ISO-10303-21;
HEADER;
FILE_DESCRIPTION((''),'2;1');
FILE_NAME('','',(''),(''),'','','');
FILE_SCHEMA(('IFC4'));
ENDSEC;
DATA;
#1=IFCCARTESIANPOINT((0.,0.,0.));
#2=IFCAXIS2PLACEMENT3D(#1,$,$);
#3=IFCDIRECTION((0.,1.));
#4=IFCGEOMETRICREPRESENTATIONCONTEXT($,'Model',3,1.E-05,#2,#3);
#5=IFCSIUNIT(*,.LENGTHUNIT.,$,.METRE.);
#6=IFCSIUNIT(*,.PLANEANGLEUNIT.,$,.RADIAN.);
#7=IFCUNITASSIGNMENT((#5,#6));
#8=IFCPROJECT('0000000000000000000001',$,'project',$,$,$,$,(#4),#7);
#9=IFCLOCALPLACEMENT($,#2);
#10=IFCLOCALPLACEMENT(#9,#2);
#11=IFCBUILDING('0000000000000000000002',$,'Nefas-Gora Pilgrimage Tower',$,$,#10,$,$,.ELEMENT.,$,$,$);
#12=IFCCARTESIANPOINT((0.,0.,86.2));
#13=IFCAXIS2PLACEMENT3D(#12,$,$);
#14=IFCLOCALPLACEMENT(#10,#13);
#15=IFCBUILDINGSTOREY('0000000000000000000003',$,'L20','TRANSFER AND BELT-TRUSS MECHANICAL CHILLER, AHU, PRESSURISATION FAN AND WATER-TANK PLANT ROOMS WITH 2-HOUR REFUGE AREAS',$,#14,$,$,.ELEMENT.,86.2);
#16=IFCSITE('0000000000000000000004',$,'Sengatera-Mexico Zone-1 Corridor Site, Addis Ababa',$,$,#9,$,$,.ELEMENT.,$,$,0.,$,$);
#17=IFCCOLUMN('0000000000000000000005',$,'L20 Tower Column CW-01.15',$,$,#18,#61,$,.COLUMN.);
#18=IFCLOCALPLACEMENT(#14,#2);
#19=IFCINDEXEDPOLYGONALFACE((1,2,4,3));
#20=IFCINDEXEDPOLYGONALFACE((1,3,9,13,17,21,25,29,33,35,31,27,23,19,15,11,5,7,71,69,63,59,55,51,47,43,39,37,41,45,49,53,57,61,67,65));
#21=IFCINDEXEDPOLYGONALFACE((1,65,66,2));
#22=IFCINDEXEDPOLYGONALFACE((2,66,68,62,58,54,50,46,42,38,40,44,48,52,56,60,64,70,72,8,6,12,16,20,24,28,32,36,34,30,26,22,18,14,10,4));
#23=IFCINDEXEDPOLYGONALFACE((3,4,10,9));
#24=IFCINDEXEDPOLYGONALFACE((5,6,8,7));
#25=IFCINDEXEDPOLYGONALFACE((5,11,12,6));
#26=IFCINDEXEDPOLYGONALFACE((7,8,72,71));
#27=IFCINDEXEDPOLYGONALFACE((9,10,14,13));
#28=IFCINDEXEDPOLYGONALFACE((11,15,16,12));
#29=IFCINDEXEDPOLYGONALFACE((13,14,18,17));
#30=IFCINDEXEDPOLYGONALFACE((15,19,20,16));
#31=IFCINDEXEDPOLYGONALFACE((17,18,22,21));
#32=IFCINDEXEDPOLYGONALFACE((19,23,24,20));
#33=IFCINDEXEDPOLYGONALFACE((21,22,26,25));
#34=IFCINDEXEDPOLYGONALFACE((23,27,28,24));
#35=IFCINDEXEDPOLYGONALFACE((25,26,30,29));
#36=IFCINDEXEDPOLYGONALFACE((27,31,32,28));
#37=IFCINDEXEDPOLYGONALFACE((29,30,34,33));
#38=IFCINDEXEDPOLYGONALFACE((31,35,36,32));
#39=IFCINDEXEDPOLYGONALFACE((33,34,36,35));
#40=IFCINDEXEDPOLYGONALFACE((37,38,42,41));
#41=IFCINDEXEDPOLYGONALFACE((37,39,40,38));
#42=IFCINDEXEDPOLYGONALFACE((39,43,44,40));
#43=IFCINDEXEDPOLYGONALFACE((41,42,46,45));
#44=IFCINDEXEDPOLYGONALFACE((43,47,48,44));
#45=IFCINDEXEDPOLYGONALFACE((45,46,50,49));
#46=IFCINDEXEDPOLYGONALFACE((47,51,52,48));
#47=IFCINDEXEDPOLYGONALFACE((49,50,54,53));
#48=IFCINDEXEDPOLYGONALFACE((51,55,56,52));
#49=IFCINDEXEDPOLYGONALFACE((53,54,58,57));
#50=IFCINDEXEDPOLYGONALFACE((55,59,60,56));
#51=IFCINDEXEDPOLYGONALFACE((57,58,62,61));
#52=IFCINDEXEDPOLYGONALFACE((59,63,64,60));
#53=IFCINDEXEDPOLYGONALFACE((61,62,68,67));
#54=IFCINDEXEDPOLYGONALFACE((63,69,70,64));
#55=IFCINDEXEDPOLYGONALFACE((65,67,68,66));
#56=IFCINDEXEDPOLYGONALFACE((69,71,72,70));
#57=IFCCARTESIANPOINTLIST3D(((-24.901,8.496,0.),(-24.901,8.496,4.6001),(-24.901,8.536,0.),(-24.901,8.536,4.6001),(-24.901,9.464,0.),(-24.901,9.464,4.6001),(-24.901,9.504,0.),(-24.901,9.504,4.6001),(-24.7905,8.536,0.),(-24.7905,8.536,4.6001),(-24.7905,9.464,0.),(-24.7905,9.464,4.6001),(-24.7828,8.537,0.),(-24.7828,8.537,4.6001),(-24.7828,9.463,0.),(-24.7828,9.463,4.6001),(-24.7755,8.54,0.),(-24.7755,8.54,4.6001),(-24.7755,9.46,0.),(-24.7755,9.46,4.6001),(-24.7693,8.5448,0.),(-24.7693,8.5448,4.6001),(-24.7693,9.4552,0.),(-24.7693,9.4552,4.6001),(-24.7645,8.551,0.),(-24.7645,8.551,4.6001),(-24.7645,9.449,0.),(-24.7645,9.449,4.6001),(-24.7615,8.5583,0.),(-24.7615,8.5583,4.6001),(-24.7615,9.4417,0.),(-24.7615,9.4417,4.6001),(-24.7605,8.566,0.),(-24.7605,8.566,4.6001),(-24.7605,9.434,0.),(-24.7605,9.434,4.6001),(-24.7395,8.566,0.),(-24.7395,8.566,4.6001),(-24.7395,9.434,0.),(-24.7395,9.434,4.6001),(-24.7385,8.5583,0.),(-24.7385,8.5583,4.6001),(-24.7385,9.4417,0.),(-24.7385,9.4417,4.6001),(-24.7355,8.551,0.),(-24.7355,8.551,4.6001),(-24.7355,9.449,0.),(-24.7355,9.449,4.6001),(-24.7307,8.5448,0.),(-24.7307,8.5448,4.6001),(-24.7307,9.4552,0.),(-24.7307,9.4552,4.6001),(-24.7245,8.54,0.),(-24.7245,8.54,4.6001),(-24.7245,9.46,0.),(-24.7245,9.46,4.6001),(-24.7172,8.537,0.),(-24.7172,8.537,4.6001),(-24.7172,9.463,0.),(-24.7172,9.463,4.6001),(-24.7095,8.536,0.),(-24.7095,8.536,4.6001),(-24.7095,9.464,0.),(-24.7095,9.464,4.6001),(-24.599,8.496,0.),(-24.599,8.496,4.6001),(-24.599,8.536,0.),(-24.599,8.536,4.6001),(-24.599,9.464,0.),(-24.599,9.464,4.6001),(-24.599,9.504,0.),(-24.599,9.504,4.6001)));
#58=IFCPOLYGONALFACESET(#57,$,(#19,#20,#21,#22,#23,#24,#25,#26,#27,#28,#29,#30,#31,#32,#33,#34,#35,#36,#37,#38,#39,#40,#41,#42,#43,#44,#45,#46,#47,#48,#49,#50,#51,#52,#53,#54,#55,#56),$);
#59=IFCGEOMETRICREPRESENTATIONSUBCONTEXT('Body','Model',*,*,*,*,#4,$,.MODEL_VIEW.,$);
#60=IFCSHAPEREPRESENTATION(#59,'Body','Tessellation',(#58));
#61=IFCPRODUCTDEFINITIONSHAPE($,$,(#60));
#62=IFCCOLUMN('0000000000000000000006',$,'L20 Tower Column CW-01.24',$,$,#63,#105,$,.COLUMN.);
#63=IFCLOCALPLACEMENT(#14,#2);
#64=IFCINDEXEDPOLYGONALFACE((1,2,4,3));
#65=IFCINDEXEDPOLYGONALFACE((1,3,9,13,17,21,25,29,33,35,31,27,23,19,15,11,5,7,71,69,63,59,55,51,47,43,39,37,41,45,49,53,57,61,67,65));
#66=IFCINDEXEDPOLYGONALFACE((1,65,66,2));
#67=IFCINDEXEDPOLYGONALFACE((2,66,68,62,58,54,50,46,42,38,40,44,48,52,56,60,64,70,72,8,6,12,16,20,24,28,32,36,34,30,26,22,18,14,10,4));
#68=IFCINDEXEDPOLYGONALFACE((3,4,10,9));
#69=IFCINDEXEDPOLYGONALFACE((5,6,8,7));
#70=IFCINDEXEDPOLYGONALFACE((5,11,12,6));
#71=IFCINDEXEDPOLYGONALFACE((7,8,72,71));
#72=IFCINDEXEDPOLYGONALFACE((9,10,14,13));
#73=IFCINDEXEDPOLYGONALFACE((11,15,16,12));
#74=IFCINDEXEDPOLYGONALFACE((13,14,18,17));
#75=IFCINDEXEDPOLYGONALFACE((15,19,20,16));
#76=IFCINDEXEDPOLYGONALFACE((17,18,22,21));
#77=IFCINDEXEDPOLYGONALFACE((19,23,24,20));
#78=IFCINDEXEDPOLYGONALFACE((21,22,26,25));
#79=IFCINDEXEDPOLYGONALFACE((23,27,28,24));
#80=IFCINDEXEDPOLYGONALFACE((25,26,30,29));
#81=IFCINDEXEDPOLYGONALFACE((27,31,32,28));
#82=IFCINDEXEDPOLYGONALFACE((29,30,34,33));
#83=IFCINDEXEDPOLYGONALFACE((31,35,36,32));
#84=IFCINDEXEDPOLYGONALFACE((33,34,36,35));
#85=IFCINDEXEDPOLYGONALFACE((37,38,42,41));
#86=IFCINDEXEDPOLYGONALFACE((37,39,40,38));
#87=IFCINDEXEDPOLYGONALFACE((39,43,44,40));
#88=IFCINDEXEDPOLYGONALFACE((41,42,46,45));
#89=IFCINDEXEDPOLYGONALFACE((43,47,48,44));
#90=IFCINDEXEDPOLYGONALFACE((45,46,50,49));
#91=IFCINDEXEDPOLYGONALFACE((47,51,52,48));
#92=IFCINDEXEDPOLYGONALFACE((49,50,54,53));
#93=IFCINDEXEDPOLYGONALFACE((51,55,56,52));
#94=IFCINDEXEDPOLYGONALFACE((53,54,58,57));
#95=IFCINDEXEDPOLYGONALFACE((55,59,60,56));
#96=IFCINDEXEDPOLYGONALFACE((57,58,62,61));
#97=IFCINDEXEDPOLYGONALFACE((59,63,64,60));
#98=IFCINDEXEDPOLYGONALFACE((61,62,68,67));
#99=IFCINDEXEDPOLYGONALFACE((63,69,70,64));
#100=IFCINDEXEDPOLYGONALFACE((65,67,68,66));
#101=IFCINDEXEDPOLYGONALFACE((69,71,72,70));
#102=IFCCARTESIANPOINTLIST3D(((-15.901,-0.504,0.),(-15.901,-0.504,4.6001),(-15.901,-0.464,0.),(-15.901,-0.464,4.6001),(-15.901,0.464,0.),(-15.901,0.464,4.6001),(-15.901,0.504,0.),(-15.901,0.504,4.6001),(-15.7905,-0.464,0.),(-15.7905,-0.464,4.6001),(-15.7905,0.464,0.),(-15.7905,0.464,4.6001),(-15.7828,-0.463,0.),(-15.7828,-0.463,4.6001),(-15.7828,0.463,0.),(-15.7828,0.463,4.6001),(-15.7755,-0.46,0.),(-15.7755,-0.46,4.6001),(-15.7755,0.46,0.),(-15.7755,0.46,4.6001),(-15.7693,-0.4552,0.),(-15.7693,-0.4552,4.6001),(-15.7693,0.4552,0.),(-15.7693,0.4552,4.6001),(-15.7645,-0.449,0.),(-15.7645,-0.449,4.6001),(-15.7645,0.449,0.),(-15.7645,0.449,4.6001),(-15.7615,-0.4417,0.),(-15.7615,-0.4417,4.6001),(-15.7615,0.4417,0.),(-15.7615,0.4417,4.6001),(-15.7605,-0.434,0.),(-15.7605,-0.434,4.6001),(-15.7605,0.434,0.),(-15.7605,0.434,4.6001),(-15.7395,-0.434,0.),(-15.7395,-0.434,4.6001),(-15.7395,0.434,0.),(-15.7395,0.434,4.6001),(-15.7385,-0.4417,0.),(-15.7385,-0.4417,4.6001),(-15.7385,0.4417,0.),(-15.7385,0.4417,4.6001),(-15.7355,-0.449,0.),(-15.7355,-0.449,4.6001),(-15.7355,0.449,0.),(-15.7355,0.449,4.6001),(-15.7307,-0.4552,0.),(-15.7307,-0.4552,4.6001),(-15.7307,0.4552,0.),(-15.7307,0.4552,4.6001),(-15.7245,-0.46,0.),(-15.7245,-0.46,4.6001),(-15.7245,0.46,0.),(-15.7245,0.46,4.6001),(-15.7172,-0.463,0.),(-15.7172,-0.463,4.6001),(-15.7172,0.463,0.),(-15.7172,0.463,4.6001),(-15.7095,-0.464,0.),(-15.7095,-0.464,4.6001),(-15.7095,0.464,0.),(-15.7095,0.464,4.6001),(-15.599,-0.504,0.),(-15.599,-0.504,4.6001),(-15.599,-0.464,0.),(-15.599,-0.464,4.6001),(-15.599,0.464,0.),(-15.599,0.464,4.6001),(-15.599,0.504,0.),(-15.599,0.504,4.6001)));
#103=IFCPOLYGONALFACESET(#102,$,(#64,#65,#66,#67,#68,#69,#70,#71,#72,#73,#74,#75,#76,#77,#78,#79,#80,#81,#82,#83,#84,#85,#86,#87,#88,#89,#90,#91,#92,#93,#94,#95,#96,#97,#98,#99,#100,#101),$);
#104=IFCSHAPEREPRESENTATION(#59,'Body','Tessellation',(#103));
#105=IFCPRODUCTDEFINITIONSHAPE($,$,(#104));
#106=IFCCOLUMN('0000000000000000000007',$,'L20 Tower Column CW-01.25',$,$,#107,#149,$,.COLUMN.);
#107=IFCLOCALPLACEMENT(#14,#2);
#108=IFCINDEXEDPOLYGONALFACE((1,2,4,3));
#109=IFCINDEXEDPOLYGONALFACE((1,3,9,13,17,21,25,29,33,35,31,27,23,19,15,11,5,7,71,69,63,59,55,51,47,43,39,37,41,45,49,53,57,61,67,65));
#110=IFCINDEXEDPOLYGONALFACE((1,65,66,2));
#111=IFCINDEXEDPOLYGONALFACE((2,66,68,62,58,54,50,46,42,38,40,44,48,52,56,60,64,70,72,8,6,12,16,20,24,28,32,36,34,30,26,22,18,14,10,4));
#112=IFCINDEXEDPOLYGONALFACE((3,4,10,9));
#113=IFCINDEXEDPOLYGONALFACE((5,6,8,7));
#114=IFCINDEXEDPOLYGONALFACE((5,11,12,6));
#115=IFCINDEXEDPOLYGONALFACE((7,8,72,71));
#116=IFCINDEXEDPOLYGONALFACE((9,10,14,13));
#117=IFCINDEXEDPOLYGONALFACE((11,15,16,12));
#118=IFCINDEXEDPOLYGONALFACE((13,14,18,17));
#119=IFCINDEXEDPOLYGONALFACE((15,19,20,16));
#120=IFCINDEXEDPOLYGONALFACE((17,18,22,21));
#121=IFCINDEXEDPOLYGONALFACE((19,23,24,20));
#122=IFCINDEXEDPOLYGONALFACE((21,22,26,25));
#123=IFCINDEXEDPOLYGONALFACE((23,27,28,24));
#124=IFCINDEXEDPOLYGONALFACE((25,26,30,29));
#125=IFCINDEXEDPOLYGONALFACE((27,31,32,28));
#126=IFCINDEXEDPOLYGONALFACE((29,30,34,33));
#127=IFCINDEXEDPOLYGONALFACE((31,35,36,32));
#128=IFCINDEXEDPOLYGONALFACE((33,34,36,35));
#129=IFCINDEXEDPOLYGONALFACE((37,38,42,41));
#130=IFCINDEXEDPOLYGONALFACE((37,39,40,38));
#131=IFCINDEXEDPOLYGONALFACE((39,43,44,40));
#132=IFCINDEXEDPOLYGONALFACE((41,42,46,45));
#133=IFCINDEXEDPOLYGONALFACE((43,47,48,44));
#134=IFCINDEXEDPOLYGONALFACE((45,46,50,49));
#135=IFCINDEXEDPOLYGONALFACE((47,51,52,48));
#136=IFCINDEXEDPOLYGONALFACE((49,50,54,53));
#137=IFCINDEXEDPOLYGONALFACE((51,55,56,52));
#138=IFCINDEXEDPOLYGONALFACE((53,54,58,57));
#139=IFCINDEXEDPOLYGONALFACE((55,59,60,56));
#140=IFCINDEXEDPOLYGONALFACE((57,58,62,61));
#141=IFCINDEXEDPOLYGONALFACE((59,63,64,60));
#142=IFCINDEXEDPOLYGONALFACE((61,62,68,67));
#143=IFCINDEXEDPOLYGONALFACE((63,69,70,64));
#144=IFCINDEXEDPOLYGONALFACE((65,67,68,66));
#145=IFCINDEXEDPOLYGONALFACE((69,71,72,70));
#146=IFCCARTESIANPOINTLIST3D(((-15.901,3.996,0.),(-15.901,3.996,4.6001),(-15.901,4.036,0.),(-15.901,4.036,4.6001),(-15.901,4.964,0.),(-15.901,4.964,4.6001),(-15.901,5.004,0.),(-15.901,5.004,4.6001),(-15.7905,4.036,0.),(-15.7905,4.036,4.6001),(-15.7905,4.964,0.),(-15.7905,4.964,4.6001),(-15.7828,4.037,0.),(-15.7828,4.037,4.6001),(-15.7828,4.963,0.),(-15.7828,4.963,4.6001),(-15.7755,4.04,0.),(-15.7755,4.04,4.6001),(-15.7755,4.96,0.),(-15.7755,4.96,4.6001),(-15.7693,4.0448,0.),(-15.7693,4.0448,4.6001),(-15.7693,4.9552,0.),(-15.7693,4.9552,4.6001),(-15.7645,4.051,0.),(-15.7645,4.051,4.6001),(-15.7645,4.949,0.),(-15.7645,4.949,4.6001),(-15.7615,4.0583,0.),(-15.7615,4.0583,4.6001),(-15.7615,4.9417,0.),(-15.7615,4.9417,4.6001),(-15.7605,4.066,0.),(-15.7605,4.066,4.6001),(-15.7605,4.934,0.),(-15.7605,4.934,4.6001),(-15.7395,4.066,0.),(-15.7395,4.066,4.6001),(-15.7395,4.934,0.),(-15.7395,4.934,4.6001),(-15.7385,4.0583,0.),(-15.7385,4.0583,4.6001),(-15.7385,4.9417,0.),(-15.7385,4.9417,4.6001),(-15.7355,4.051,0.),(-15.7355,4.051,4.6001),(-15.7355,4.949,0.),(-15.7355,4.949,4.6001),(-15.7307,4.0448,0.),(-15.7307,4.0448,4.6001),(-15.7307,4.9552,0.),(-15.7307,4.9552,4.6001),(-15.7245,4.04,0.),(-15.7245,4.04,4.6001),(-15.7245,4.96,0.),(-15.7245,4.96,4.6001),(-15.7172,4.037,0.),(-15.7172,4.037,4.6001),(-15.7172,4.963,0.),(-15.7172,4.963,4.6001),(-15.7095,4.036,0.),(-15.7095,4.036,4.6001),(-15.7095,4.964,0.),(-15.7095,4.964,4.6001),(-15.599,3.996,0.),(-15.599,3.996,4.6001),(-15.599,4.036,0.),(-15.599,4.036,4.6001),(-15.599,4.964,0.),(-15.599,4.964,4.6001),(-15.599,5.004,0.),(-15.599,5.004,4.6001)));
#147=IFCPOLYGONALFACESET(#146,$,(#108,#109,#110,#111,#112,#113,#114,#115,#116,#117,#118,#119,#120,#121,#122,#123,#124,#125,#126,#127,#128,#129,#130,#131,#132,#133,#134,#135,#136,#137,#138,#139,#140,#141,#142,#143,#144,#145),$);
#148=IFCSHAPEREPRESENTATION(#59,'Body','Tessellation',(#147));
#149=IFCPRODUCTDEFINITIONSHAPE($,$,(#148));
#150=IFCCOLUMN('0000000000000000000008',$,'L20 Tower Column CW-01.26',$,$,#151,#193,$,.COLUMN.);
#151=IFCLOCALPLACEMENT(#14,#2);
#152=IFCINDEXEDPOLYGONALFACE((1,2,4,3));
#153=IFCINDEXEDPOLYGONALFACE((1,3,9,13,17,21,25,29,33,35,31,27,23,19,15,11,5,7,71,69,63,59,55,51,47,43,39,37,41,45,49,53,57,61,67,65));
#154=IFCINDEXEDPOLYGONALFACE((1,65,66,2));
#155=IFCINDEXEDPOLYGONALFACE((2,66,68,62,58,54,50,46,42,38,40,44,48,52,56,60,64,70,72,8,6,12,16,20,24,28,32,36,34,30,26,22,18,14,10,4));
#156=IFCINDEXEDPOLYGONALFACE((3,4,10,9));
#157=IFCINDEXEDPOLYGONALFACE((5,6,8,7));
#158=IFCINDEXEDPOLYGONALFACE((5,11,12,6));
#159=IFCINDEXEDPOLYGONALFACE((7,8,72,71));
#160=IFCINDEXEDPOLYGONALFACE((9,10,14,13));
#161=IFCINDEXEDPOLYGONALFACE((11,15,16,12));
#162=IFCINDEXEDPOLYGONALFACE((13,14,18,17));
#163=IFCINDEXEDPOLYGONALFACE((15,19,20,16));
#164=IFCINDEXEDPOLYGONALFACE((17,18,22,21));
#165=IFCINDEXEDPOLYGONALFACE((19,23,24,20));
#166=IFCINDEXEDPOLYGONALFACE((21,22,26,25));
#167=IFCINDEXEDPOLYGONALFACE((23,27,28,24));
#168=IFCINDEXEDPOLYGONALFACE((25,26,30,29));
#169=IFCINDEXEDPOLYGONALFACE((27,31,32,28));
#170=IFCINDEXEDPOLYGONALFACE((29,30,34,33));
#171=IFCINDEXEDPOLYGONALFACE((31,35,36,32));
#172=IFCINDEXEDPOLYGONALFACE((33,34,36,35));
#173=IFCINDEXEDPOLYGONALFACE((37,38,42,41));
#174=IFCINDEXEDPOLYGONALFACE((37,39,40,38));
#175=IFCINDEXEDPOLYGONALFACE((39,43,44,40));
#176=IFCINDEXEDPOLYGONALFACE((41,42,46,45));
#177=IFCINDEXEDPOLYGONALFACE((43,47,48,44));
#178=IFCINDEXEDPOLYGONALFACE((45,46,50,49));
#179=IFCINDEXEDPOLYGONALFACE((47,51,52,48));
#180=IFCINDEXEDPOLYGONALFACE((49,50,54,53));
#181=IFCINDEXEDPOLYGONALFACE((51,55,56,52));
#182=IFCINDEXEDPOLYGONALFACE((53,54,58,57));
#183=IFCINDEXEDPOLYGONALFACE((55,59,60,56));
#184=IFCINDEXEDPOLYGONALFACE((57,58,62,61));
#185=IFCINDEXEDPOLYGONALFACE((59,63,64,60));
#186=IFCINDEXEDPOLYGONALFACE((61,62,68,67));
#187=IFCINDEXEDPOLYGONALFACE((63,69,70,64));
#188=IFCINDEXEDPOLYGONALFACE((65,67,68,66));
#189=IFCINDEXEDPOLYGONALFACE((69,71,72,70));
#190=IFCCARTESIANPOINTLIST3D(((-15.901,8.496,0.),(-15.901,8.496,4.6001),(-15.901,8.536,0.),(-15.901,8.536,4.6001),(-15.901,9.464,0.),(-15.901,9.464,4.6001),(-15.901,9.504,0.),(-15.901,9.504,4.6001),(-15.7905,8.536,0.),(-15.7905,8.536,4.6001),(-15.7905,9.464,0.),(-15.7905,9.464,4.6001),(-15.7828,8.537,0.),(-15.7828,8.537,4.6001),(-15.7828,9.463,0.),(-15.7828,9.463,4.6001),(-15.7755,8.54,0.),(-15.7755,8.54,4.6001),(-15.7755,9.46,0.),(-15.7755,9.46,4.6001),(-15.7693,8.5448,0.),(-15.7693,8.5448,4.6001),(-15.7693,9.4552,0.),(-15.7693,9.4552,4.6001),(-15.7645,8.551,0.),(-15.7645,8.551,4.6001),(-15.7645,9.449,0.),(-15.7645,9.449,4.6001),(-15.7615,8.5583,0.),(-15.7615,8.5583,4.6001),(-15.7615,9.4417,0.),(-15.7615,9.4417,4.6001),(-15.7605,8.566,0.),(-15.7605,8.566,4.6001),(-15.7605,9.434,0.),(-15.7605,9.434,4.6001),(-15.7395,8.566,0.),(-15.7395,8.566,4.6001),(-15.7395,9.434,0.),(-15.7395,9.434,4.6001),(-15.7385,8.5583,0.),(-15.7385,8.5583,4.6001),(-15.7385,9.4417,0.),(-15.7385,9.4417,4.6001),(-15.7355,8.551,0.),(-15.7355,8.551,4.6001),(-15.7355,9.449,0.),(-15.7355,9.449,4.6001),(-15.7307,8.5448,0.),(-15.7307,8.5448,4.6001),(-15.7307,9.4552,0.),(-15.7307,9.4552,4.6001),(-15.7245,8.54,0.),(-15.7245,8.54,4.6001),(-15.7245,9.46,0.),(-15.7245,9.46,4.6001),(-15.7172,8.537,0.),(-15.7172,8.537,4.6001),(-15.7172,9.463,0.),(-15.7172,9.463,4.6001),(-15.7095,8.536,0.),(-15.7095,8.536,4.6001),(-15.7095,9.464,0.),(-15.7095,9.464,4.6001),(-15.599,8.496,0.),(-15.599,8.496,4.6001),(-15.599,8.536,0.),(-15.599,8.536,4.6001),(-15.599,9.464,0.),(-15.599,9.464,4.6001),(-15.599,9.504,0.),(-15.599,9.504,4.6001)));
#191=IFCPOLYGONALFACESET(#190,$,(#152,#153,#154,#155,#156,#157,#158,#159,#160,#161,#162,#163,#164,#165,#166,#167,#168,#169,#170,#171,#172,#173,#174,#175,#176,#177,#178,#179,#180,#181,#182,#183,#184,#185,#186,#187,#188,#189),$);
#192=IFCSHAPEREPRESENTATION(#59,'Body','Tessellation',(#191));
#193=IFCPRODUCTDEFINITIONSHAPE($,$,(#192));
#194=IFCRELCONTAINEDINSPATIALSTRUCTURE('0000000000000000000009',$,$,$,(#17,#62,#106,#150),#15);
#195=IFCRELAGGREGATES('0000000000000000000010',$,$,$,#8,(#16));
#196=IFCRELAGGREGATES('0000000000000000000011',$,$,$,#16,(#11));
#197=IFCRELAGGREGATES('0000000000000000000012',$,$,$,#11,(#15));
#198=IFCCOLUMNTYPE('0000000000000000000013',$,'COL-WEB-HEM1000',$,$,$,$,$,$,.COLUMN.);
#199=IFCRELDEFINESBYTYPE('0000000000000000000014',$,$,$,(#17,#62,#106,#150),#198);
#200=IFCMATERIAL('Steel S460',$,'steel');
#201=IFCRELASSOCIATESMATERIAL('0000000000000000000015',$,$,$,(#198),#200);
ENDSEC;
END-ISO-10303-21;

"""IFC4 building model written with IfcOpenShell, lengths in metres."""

from ifc_helpers import new_model, si_unit, direction, frame, origin, origin_2d, place, context, subcontext, project, spatial, i_section, extrude, source, transform, mapped, material, material_profile, profile_set, type_object, element, save


model = new_model("IFC4")

# Units and contexts
model_context = context("Model", 3, precision=1e-05, world=origin(), true_north=direction((0.0, 1.0)))
body_context = subcontext(model_context, "Body", "Model", "MODEL_VIEW")
ifc_project = project(units=[si_unit("LENGTHUNIT", "METRE"), si_unit("PLANEANGLEUNIT", "RADIAN")], contexts=[model_context])

# Site, building, storey
site_placement = place(None, origin())
site = spatial("IfcSite", under=ifc_project, at=site_placement, Name="Sengatera-Mexico Zone-1 Corridor Site, Addis Ababa", CompositionType="ELEMENT", RefElevation=0.0)
building_placement = place(site_placement, origin())
building = spatial("IfcBuilding", under=site, at=building_placement, Name="Nefas-Gora Pilgrimage Tower", CompositionType="ELEMENT")
storey_placement = place(building_placement, frame((0.0, 0.0, 86.2)))
storey = spatial("IfcBuildingStorey", under=building, at=storey_placement, Name="L20", Description="TRANSFER AND BELT-TRUSS MECHANICAL CHILLER, AHU, PRESSURISATION FAN AND WATER-TANK PLANT ROOMS WITH 2-HOUR REFUGE AREAS", CompositionType="ELEMENT", Elevation=86.2)

# Columns
ifc_material_1 = material(Name="Steel S460", Category="steel")
ifc_material_profile_1 = material_profile(ifc_material_1, i_section(OverallWidth=0.302, OverallDepth=1.0081, WebThickness=0.021, FlangeThickness=0.04, FilletRadius=0.03, at=origin_2d()), Name="HEM 1000")
ifc_profile_set_1 = profile_set([ifc_material_profile_1], Name="Steel S460")
column_type_1 = type_object("IfcColumnType", Name="COL-WEB-HEM1000", PredefinedType="COLUMN", material=ifc_profile_set_1)
shared_shape_1 = source(origin(), body_context, "Body", "SweptSolid", [
    extrude(i_section(OverallWidth=0.302, OverallDepth=1.0081, WebThickness=0.021, FlangeThickness=0.04, FilletRadius=0.03, at=origin_2d()), origin(), (0.0, 0.0, 1.0), 4.6001),
])
for number, where, z_axis, x_axis, name in (
    (1, (-24.75, 9.0, 0.0), (0.0, 0.0, 1.0), (1.0, 0.0, 0.0), "L20 Tower Column CW-01.15"),
    (2, (-15.75, 0.0, 0.0), (0.0, 0.0, 1.0), (1.0, 0.0, 0.0), "L20 Tower Column CW-01.24"),
    (3, (-15.75, 4.5, 0.0), (0.0, 0.0, 1.0), (1.0, 0.0, 0.0), "L20 Tower Column CW-01.25"),
    (4, (-15.75, 9.0, 0.0), (0.0, 0.0, 1.0), (1.0, 0.0, 0.0), "L20 Tower Column CW-01.26"),
):
    element("IfcColumn", number, at=place(storey_placement, frame(where, z_axis=z_axis, x_axis=x_axis)), inside=storey, type_object=column_type_1, Name=name, PredefinedType="COLUMN", context=body_context, shape_type="MappedRepresentation", body=[
        mapped(shared_shape_1, transform((0.0, 0.0, 0.0), x_axis=(1.0, 0.0, 0.0), y_axis=(0.0, 1.0, 0.0), z_axis=(0.0, 0.0, 1.0), scale=1.0)),
    ])

save(model, "model.ifc")
